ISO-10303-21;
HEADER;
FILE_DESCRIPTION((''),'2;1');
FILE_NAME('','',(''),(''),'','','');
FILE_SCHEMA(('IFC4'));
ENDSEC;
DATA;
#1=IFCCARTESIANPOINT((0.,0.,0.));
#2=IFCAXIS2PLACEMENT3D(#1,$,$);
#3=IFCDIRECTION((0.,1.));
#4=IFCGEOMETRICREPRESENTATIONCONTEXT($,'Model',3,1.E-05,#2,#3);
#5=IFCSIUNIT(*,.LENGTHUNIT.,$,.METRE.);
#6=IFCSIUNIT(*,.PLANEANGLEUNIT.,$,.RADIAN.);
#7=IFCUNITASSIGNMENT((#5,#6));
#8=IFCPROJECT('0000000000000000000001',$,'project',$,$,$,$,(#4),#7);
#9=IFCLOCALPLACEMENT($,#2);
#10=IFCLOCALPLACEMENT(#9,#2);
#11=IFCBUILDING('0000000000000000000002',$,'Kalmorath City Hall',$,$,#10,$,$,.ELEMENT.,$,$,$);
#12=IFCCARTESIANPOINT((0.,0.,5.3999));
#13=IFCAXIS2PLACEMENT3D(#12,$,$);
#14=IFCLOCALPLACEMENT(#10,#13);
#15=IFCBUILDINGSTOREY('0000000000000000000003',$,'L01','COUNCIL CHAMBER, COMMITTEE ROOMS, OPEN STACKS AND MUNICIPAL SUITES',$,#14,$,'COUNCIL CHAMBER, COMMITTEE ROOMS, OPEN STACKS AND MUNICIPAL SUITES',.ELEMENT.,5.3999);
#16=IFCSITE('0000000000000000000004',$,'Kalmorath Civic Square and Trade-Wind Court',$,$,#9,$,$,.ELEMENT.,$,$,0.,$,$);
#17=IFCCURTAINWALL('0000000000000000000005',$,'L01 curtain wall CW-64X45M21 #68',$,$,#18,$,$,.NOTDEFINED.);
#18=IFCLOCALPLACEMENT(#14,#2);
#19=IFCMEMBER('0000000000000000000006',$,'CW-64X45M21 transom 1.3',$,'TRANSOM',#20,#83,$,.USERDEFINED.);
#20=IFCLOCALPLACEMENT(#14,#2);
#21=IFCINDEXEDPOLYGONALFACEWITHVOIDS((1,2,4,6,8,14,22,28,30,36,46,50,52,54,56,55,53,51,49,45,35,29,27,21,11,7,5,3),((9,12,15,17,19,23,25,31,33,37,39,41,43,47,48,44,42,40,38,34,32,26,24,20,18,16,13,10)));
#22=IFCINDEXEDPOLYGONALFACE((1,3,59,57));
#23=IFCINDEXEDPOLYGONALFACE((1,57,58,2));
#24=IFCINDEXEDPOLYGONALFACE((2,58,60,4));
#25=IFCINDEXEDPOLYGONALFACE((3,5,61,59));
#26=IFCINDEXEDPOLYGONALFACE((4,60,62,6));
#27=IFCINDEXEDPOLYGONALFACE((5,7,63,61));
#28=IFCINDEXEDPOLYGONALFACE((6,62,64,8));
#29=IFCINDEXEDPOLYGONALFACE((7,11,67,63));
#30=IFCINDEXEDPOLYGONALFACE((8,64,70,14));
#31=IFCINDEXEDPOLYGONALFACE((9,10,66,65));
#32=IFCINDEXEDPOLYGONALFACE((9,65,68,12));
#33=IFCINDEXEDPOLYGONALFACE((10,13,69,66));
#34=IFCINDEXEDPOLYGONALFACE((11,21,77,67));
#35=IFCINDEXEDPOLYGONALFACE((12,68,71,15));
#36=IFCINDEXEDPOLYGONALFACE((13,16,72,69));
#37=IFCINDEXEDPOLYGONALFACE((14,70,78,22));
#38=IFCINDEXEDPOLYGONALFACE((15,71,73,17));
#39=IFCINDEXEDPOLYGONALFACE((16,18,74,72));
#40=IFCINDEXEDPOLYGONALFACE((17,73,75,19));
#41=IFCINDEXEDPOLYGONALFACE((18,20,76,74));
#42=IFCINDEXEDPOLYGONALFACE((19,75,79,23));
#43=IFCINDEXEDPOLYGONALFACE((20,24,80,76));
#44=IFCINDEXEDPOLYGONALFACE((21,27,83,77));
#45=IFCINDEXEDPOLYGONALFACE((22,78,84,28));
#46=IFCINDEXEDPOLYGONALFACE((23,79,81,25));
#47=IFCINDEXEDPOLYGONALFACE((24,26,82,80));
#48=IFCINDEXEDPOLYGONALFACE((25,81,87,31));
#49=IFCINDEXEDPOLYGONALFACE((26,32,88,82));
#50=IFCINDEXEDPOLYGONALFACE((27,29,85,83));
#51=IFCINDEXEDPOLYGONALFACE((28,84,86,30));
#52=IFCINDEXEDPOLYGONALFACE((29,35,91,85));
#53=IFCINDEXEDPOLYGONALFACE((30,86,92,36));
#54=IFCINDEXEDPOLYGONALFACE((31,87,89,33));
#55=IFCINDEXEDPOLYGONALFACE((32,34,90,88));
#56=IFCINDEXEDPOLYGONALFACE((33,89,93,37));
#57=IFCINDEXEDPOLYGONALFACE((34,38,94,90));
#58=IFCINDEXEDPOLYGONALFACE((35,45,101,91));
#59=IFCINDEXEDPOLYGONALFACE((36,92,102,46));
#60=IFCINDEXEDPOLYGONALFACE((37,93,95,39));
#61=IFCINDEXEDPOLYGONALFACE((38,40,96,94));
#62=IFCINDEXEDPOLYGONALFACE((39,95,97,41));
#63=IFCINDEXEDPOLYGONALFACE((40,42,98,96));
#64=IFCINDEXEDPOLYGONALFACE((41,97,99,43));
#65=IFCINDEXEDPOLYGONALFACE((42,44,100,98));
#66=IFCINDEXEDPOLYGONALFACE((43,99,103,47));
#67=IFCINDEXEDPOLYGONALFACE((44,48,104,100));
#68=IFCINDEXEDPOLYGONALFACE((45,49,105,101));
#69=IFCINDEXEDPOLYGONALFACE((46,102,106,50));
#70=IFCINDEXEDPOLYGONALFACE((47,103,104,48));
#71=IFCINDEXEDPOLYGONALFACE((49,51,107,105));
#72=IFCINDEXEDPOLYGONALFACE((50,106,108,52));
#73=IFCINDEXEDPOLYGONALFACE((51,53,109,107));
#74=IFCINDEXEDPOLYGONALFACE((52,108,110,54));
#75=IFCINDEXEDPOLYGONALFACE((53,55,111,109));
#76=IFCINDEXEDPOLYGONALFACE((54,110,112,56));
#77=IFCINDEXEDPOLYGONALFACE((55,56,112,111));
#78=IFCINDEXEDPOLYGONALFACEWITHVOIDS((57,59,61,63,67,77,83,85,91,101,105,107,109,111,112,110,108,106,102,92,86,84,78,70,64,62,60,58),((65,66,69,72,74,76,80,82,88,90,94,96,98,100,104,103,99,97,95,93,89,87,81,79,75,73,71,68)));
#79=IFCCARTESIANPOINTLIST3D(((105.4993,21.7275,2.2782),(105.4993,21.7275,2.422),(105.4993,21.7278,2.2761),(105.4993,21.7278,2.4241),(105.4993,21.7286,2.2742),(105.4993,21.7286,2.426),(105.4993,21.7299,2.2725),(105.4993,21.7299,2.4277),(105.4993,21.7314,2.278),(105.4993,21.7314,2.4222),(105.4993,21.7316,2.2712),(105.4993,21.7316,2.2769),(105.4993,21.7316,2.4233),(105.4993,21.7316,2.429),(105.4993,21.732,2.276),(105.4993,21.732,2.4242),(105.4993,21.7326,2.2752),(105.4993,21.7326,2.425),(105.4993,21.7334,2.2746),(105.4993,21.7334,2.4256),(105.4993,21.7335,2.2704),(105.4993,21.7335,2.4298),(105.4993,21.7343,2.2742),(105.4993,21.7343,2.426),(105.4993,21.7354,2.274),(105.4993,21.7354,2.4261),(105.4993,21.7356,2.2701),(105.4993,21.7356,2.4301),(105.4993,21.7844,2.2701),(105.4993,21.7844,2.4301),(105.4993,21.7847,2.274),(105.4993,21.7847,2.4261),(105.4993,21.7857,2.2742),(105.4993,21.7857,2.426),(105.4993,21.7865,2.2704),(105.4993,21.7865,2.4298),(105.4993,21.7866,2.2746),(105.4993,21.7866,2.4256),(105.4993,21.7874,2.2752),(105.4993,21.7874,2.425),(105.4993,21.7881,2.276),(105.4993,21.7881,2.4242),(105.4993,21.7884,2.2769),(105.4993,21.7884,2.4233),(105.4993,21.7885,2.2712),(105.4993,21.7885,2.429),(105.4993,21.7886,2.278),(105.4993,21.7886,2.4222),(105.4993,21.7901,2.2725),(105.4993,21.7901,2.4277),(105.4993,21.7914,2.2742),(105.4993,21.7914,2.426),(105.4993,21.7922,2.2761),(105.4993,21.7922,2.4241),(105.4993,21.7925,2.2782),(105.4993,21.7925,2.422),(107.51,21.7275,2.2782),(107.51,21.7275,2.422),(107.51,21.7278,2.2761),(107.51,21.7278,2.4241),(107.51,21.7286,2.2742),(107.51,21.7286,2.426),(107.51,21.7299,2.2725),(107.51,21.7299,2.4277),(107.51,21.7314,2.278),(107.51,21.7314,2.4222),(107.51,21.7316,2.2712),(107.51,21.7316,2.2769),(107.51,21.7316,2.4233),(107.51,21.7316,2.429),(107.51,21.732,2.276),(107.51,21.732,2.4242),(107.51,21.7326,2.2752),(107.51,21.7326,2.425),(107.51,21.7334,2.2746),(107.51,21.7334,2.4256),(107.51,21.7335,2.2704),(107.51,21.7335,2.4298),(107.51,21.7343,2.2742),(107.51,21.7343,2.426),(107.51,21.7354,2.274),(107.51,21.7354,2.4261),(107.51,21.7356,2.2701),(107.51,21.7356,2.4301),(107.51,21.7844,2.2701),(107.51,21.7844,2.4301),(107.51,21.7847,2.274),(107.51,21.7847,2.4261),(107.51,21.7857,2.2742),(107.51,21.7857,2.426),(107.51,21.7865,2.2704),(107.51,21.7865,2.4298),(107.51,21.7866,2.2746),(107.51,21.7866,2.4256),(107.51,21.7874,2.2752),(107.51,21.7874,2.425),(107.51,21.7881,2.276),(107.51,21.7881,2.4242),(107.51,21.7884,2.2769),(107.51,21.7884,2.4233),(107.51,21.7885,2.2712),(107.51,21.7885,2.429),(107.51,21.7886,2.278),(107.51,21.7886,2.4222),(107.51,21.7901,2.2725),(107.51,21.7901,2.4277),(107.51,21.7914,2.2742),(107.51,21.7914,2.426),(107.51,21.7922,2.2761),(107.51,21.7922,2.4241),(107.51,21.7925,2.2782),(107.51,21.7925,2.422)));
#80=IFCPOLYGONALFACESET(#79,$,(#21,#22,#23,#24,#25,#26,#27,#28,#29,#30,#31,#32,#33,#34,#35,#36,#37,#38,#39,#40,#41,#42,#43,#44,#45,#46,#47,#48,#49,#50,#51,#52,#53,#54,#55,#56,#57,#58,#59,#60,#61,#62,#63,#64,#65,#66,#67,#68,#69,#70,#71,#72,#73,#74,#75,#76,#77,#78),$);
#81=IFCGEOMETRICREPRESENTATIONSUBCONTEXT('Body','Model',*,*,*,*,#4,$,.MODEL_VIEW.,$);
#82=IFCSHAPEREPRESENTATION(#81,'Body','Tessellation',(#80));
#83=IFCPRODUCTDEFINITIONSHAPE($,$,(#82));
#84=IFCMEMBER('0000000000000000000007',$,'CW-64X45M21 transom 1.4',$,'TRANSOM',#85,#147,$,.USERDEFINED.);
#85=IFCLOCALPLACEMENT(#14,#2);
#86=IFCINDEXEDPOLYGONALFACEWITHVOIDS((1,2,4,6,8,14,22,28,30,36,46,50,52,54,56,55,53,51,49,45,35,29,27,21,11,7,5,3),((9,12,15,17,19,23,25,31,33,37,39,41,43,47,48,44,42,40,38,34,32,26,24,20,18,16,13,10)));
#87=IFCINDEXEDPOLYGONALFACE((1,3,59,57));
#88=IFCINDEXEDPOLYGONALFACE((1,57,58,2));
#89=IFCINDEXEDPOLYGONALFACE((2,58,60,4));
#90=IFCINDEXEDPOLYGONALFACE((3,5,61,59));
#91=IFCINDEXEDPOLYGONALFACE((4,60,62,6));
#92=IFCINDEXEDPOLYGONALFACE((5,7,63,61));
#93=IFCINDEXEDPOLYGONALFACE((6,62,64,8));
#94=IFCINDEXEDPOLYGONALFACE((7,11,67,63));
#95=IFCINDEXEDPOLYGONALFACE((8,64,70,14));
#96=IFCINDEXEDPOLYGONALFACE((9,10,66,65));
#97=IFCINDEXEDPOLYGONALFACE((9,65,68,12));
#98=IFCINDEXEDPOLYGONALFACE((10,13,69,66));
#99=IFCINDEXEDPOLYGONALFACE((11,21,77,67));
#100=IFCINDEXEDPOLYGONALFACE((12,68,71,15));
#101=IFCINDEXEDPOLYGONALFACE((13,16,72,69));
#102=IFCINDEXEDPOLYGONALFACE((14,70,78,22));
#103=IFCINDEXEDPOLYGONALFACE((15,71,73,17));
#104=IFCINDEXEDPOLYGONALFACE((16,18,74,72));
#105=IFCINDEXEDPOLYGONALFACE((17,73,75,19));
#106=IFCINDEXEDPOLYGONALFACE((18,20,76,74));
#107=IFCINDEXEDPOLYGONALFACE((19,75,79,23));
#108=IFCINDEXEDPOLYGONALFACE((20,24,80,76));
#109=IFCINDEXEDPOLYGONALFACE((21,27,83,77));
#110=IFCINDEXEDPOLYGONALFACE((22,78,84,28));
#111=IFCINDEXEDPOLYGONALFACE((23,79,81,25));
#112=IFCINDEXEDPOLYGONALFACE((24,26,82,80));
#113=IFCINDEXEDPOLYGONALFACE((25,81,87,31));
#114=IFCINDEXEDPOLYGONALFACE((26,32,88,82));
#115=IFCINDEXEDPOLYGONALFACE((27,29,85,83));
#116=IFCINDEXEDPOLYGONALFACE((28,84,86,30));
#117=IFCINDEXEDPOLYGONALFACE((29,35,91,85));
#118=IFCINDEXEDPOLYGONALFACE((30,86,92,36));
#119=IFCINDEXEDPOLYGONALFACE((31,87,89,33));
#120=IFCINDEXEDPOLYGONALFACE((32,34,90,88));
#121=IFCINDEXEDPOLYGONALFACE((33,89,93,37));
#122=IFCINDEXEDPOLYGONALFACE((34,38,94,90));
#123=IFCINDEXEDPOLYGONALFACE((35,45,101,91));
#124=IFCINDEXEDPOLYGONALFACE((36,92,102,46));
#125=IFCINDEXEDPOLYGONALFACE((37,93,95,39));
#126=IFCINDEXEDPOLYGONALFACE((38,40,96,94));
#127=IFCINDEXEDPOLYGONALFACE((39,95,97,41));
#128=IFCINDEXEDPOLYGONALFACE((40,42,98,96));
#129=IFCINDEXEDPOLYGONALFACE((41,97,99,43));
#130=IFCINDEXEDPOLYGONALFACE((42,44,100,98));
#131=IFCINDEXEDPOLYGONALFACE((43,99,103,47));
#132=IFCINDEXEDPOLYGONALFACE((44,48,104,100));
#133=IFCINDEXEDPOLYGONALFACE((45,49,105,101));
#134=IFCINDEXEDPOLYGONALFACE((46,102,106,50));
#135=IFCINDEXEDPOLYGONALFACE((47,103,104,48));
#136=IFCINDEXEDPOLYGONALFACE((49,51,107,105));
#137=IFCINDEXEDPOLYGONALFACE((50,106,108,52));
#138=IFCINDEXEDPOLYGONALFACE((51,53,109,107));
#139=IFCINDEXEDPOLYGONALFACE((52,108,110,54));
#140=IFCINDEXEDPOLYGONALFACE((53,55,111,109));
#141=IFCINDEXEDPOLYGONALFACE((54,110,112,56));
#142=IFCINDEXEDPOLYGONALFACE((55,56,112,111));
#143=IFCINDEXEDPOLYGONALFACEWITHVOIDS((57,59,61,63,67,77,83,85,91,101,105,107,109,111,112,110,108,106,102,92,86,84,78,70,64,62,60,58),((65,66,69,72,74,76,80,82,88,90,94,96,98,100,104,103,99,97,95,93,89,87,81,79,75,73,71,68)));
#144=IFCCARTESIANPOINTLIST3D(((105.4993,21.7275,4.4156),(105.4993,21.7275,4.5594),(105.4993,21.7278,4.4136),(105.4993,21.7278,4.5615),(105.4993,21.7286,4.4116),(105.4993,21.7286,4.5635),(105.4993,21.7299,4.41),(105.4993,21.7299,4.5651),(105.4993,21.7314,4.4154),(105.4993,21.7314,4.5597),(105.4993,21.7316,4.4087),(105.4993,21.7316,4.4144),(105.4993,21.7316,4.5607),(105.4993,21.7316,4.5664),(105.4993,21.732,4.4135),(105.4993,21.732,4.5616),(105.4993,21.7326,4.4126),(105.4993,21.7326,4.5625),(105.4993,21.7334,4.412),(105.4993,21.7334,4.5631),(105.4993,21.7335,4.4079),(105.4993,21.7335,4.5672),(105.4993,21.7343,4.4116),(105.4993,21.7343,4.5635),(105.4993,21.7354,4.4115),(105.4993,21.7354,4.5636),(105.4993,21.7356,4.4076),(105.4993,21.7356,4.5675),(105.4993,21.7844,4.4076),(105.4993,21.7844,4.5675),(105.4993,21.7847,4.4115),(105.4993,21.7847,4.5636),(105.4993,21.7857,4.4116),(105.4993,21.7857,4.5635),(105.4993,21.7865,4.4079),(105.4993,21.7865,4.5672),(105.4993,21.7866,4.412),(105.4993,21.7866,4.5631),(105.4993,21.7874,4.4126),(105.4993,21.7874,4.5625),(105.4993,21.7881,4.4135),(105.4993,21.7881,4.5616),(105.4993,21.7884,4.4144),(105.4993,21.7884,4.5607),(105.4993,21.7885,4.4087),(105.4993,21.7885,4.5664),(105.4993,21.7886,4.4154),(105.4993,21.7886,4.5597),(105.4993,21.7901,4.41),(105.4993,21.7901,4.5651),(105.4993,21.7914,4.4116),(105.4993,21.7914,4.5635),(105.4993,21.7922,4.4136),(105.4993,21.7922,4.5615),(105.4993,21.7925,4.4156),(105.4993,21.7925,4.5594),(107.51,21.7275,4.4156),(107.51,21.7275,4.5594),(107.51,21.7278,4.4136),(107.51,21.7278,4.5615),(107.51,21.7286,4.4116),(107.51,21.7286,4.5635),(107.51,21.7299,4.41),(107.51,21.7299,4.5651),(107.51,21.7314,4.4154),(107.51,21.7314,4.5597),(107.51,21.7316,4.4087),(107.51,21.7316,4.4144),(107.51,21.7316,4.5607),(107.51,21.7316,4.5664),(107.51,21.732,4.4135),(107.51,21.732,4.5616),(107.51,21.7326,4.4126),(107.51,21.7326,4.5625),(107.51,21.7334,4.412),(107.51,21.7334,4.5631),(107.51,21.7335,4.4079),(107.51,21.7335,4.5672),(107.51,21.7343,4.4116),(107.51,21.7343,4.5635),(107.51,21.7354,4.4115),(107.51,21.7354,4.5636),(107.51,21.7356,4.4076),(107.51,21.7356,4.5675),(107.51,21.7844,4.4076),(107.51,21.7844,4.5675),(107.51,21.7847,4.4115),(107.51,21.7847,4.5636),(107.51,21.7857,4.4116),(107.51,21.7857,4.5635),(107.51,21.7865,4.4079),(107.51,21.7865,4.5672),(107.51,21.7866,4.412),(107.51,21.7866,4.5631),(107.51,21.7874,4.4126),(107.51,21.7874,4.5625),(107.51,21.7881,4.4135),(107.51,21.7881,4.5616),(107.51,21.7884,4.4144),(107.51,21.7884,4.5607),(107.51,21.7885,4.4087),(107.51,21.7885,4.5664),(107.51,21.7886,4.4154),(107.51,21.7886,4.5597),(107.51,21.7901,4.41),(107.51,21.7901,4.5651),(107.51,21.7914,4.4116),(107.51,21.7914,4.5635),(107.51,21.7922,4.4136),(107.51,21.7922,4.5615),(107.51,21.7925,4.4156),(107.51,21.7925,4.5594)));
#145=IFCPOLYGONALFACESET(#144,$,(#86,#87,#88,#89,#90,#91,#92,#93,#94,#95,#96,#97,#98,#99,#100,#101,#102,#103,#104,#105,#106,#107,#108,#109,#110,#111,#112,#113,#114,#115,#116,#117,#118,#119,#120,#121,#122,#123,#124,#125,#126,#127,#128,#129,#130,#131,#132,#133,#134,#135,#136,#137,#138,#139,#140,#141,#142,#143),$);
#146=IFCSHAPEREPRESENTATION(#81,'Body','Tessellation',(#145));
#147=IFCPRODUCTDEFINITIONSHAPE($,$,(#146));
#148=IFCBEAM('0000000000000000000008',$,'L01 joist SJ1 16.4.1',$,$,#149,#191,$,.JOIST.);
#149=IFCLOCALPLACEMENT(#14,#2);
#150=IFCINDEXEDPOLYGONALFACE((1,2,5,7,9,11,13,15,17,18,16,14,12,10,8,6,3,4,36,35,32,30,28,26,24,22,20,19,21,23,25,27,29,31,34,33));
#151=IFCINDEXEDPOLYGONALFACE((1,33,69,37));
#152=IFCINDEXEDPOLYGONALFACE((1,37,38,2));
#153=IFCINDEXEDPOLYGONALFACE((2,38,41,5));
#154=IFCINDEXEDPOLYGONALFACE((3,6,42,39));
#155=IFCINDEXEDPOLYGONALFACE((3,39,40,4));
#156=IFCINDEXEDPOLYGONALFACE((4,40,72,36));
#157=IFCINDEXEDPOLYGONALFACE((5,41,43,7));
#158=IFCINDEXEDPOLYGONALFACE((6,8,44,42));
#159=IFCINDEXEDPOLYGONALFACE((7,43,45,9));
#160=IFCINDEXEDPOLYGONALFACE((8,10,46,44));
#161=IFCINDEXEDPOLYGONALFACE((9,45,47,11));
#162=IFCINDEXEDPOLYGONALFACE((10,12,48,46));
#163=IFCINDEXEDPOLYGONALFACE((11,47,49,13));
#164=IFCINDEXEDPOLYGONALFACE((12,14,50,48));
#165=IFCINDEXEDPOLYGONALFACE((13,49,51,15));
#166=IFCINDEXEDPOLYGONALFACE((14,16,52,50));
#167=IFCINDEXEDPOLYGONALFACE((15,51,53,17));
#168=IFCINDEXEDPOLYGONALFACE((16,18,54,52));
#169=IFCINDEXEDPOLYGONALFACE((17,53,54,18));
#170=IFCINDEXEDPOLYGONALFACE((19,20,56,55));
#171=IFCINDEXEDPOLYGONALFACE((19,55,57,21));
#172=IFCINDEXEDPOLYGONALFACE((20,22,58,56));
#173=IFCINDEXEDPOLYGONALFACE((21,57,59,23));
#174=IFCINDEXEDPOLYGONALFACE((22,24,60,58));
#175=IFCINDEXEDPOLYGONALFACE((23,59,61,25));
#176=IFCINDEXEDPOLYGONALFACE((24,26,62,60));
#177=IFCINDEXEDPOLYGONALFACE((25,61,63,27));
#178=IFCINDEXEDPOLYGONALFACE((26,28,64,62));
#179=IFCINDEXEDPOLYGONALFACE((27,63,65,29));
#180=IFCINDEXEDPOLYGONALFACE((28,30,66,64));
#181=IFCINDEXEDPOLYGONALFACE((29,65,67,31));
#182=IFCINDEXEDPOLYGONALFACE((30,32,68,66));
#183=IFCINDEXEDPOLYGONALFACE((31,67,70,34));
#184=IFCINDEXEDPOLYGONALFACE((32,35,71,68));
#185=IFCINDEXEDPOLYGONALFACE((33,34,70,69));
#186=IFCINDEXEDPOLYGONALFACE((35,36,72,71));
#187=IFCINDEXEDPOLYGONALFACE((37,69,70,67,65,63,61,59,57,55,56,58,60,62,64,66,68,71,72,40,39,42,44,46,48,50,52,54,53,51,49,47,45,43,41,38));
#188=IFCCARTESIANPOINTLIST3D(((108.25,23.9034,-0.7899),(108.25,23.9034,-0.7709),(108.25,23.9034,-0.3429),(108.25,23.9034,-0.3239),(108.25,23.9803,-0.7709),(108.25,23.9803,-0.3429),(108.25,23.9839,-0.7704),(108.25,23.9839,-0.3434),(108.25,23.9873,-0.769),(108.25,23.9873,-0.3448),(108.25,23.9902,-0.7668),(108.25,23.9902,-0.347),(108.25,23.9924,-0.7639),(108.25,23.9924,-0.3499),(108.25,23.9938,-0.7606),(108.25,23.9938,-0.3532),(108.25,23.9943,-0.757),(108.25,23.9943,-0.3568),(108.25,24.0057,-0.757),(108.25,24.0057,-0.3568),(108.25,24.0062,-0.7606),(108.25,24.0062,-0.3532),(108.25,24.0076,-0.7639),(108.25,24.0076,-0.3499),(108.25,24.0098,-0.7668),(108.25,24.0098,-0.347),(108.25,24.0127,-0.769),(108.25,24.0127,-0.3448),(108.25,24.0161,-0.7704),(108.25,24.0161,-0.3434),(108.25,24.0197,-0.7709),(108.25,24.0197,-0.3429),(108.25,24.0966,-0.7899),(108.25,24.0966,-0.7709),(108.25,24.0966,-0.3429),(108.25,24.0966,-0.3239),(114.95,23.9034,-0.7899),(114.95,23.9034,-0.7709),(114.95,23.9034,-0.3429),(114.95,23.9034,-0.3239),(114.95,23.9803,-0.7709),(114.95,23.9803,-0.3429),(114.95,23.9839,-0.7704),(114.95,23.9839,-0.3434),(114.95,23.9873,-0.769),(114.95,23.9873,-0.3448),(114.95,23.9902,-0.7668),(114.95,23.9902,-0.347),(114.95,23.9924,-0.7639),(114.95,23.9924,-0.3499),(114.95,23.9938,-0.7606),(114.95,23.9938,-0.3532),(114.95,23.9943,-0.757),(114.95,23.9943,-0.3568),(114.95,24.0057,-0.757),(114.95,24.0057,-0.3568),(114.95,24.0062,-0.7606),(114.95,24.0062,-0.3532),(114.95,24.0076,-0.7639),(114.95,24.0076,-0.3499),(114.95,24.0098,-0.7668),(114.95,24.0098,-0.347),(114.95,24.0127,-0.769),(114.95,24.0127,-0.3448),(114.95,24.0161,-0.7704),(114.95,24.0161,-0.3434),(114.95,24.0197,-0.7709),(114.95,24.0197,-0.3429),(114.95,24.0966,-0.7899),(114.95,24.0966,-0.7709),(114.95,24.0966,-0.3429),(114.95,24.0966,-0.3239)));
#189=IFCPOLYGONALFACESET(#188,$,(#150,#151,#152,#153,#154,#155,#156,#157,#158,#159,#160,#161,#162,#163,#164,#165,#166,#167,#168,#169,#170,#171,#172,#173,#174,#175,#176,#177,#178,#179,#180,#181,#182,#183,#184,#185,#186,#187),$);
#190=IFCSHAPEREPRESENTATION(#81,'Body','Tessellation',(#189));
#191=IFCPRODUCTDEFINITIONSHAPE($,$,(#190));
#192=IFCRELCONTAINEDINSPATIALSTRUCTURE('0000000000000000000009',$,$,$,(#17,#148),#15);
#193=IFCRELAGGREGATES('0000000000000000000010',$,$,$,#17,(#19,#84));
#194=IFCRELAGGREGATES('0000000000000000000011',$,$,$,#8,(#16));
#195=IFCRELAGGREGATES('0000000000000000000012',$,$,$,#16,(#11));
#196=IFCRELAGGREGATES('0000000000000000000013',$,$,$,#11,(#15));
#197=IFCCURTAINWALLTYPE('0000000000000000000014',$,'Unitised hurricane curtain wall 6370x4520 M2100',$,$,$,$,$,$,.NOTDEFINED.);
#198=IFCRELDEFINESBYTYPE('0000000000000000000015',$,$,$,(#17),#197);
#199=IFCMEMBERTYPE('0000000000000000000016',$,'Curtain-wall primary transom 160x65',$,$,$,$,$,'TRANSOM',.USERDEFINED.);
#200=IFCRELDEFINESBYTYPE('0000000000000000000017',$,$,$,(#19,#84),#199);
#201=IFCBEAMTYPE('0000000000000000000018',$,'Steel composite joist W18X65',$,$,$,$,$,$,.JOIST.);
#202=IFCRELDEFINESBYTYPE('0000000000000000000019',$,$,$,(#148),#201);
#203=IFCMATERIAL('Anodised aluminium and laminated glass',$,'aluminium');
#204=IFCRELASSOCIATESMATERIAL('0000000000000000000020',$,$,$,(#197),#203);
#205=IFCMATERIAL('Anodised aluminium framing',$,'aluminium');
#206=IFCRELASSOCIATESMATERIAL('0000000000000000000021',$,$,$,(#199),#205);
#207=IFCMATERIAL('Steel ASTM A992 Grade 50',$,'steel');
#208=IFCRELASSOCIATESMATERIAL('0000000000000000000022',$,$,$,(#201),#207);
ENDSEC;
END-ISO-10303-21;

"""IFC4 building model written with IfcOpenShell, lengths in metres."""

from ifc_helpers import new_model, si_unit, direction, frame, origin, origin_2d, place, context, subcontext, project, spatial, hollow_rectangle, i_section, extrude, material, material_profile, profile_set, type_object, element, aggregate, save


model = new_model("IFC4")

# Units and contexts
model_context = context("Model", 3, precision=1e-05, world=origin(), true_north=direction((0.0, 1.0)))
body_context = subcontext(model_context, "Body", "Model", "MODEL_VIEW")
ifc_project = project(units=[si_unit("LENGTHUNIT", "METRE"), si_unit("PLANEANGLEUNIT", "RADIAN")], contexts=[model_context])

# Site, building, storey
site_placement = place(None, origin())
site = spatial("IfcSite", under=ifc_project, at=site_placement, Name="Kalmorath Civic Square and Trade-Wind Court", CompositionType="ELEMENT", RefElevation=0.0)
building_placement = place(site_placement, origin())
building = spatial("IfcBuilding", under=site, at=building_placement, Name="Kalmorath City Hall", CompositionType="ELEMENT")
storey_placement = place(building_placement, frame((0.0, 0.0, 5.3999)))
storey = spatial("IfcBuildingStorey", under=building, at=storey_placement, Name="L01", Description="COUNCIL CHAMBER, COMMITTEE ROOMS, OPEN STACKS AND MUNICIPAL SUITES", LongName="COUNCIL CHAMBER, COMMITTEE ROOMS, OPEN STACKS AND MUNICIPAL SUITES", CompositionType="ELEMENT", Elevation=5.3999)

# Curtain wall
ifc_material_1 = material(Name="Anodised aluminium and laminated glass", Category="aluminium")
curtain_wall_type_1 = type_object("IfcCurtainWallType", Name="Unitised hurricane curtain wall 6370x4520 M2100", PredefinedType="NOTDEFINED", material=ifc_material_1)
curtain_wall_1_placement = place(storey_placement, origin())
curtain_wall_1 = element("IfcCurtainWall", 1, at=curtain_wall_1_placement, inside=storey, type_object=curtain_wall_type_1, Name="L01 curtain wall CW-64X45M21 #68", PredefinedType="NOTDEFINED")

# Members
ifc_material_2 = material(Name="Anodised aluminium framing", Category="aluminium")
ifc_material_profile_1 = material_profile(ifc_material_2, hollow_rectangle(XDim=0.0649, YDim=0.1599, WallThickness=0.0039, InnerFilletRadius=0.0039, OuterFilletRadius=0.0081, at=origin_2d()), Name="ALU-TRN-160X65X4")
ifc_profile_set_1 = profile_set([ifc_material_profile_1], Name="Anodised aluminium framing")
member_type_1 = type_object("IfcMemberType", Name="Curtain-wall primary transom 160x65", ElementType="TRANSOM", PredefinedType="USERDEFINED", material=ifc_profile_set_1)
member_1_placement = place(storey_placement, frame((107.51, 21.76, 2.3501), z_axis=(-1.0, 0.0, 0.0), x_axis=(0.0, -1.0, 0.0)))
member_1 = element("IfcMember", 2, at=member_1_placement, type_object=member_type_1, Name="CW-64X45M21 transom 1.3", ObjectType="TRANSOM", PredefinedType="USERDEFINED", context=body_context, shape_type="SweptSolid", body=[
    extrude(hollow_rectangle(XDim=0.0649, YDim=0.1599, WallThickness=0.0039, InnerFilletRadius=0.0039, OuterFilletRadius=0.0081, at=origin_2d()), origin(), (0.0, 0.0, 1.0), 2.0107),
])
member_2_placement = place(storey_placement, frame((107.51, 21.76, 4.4875), z_axis=(-1.0, 0.0, 0.0), x_axis=(0.0, -1.0, 0.0)))
member_2 = element("IfcMember", 3, at=member_2_placement, type_object=member_type_1, Name="CW-64X45M21 transom 1.4", ObjectType="TRANSOM", PredefinedType="USERDEFINED", context=body_context, shape_type="SweptSolid", body=[
    extrude(hollow_rectangle(XDim=0.0649, YDim=0.1599, WallThickness=0.0039, InnerFilletRadius=0.0039, OuterFilletRadius=0.0081, at=origin_2d()), origin(), (0.0, 0.0, 1.0), 2.0107),
])

# Beam
ifc_material_3 = material(Name="Steel ASTM A992 Grade 50", Category="steel")
ifc_material_profile_2 = material_profile(ifc_material_3, i_section(OverallWidth=0.1931, OverallDepth=0.4661, WebThickness=0.0115, FlangeThickness=0.019, FilletRadius=0.0139, at=origin_2d()), Name="W18X65")
ifc_profile_set_2 = profile_set([ifc_material_profile_2], Name="Steel ASTM A992 Grade 50")
beam_type_1 = type_object("IfcBeamType", Name="Steel composite joist W18X65", PredefinedType="JOIST", material=ifc_profile_set_2)
for number, where, z_axis, x_axis, name in (
    (4, (108.25, 24.0, -0.5569), (1.0, 0.0, 0.0), (0.0, 1.0, 0.0), "L01 joist SJ1 16.4.1"),
):
    element("IfcBeam", number, at=place(storey_placement, frame(where, z_axis=z_axis, x_axis=x_axis)), inside=storey, type_object=beam_type_1, Name=name, PredefinedType="JOIST", context=body_context, shape_type="SweptSolid", body=[
        extrude(i_section(OverallWidth=0.1931, OverallDepth=0.4661, WebThickness=0.0115, FlangeThickness=0.019, FilletRadius=0.0139, at=origin_2d()), origin(), (0.0, 0.0, 1.0), 6.7),
    ])

aggregate(curtain_wall_1, [member_1, member_2])

save(model, "model.ifc")
